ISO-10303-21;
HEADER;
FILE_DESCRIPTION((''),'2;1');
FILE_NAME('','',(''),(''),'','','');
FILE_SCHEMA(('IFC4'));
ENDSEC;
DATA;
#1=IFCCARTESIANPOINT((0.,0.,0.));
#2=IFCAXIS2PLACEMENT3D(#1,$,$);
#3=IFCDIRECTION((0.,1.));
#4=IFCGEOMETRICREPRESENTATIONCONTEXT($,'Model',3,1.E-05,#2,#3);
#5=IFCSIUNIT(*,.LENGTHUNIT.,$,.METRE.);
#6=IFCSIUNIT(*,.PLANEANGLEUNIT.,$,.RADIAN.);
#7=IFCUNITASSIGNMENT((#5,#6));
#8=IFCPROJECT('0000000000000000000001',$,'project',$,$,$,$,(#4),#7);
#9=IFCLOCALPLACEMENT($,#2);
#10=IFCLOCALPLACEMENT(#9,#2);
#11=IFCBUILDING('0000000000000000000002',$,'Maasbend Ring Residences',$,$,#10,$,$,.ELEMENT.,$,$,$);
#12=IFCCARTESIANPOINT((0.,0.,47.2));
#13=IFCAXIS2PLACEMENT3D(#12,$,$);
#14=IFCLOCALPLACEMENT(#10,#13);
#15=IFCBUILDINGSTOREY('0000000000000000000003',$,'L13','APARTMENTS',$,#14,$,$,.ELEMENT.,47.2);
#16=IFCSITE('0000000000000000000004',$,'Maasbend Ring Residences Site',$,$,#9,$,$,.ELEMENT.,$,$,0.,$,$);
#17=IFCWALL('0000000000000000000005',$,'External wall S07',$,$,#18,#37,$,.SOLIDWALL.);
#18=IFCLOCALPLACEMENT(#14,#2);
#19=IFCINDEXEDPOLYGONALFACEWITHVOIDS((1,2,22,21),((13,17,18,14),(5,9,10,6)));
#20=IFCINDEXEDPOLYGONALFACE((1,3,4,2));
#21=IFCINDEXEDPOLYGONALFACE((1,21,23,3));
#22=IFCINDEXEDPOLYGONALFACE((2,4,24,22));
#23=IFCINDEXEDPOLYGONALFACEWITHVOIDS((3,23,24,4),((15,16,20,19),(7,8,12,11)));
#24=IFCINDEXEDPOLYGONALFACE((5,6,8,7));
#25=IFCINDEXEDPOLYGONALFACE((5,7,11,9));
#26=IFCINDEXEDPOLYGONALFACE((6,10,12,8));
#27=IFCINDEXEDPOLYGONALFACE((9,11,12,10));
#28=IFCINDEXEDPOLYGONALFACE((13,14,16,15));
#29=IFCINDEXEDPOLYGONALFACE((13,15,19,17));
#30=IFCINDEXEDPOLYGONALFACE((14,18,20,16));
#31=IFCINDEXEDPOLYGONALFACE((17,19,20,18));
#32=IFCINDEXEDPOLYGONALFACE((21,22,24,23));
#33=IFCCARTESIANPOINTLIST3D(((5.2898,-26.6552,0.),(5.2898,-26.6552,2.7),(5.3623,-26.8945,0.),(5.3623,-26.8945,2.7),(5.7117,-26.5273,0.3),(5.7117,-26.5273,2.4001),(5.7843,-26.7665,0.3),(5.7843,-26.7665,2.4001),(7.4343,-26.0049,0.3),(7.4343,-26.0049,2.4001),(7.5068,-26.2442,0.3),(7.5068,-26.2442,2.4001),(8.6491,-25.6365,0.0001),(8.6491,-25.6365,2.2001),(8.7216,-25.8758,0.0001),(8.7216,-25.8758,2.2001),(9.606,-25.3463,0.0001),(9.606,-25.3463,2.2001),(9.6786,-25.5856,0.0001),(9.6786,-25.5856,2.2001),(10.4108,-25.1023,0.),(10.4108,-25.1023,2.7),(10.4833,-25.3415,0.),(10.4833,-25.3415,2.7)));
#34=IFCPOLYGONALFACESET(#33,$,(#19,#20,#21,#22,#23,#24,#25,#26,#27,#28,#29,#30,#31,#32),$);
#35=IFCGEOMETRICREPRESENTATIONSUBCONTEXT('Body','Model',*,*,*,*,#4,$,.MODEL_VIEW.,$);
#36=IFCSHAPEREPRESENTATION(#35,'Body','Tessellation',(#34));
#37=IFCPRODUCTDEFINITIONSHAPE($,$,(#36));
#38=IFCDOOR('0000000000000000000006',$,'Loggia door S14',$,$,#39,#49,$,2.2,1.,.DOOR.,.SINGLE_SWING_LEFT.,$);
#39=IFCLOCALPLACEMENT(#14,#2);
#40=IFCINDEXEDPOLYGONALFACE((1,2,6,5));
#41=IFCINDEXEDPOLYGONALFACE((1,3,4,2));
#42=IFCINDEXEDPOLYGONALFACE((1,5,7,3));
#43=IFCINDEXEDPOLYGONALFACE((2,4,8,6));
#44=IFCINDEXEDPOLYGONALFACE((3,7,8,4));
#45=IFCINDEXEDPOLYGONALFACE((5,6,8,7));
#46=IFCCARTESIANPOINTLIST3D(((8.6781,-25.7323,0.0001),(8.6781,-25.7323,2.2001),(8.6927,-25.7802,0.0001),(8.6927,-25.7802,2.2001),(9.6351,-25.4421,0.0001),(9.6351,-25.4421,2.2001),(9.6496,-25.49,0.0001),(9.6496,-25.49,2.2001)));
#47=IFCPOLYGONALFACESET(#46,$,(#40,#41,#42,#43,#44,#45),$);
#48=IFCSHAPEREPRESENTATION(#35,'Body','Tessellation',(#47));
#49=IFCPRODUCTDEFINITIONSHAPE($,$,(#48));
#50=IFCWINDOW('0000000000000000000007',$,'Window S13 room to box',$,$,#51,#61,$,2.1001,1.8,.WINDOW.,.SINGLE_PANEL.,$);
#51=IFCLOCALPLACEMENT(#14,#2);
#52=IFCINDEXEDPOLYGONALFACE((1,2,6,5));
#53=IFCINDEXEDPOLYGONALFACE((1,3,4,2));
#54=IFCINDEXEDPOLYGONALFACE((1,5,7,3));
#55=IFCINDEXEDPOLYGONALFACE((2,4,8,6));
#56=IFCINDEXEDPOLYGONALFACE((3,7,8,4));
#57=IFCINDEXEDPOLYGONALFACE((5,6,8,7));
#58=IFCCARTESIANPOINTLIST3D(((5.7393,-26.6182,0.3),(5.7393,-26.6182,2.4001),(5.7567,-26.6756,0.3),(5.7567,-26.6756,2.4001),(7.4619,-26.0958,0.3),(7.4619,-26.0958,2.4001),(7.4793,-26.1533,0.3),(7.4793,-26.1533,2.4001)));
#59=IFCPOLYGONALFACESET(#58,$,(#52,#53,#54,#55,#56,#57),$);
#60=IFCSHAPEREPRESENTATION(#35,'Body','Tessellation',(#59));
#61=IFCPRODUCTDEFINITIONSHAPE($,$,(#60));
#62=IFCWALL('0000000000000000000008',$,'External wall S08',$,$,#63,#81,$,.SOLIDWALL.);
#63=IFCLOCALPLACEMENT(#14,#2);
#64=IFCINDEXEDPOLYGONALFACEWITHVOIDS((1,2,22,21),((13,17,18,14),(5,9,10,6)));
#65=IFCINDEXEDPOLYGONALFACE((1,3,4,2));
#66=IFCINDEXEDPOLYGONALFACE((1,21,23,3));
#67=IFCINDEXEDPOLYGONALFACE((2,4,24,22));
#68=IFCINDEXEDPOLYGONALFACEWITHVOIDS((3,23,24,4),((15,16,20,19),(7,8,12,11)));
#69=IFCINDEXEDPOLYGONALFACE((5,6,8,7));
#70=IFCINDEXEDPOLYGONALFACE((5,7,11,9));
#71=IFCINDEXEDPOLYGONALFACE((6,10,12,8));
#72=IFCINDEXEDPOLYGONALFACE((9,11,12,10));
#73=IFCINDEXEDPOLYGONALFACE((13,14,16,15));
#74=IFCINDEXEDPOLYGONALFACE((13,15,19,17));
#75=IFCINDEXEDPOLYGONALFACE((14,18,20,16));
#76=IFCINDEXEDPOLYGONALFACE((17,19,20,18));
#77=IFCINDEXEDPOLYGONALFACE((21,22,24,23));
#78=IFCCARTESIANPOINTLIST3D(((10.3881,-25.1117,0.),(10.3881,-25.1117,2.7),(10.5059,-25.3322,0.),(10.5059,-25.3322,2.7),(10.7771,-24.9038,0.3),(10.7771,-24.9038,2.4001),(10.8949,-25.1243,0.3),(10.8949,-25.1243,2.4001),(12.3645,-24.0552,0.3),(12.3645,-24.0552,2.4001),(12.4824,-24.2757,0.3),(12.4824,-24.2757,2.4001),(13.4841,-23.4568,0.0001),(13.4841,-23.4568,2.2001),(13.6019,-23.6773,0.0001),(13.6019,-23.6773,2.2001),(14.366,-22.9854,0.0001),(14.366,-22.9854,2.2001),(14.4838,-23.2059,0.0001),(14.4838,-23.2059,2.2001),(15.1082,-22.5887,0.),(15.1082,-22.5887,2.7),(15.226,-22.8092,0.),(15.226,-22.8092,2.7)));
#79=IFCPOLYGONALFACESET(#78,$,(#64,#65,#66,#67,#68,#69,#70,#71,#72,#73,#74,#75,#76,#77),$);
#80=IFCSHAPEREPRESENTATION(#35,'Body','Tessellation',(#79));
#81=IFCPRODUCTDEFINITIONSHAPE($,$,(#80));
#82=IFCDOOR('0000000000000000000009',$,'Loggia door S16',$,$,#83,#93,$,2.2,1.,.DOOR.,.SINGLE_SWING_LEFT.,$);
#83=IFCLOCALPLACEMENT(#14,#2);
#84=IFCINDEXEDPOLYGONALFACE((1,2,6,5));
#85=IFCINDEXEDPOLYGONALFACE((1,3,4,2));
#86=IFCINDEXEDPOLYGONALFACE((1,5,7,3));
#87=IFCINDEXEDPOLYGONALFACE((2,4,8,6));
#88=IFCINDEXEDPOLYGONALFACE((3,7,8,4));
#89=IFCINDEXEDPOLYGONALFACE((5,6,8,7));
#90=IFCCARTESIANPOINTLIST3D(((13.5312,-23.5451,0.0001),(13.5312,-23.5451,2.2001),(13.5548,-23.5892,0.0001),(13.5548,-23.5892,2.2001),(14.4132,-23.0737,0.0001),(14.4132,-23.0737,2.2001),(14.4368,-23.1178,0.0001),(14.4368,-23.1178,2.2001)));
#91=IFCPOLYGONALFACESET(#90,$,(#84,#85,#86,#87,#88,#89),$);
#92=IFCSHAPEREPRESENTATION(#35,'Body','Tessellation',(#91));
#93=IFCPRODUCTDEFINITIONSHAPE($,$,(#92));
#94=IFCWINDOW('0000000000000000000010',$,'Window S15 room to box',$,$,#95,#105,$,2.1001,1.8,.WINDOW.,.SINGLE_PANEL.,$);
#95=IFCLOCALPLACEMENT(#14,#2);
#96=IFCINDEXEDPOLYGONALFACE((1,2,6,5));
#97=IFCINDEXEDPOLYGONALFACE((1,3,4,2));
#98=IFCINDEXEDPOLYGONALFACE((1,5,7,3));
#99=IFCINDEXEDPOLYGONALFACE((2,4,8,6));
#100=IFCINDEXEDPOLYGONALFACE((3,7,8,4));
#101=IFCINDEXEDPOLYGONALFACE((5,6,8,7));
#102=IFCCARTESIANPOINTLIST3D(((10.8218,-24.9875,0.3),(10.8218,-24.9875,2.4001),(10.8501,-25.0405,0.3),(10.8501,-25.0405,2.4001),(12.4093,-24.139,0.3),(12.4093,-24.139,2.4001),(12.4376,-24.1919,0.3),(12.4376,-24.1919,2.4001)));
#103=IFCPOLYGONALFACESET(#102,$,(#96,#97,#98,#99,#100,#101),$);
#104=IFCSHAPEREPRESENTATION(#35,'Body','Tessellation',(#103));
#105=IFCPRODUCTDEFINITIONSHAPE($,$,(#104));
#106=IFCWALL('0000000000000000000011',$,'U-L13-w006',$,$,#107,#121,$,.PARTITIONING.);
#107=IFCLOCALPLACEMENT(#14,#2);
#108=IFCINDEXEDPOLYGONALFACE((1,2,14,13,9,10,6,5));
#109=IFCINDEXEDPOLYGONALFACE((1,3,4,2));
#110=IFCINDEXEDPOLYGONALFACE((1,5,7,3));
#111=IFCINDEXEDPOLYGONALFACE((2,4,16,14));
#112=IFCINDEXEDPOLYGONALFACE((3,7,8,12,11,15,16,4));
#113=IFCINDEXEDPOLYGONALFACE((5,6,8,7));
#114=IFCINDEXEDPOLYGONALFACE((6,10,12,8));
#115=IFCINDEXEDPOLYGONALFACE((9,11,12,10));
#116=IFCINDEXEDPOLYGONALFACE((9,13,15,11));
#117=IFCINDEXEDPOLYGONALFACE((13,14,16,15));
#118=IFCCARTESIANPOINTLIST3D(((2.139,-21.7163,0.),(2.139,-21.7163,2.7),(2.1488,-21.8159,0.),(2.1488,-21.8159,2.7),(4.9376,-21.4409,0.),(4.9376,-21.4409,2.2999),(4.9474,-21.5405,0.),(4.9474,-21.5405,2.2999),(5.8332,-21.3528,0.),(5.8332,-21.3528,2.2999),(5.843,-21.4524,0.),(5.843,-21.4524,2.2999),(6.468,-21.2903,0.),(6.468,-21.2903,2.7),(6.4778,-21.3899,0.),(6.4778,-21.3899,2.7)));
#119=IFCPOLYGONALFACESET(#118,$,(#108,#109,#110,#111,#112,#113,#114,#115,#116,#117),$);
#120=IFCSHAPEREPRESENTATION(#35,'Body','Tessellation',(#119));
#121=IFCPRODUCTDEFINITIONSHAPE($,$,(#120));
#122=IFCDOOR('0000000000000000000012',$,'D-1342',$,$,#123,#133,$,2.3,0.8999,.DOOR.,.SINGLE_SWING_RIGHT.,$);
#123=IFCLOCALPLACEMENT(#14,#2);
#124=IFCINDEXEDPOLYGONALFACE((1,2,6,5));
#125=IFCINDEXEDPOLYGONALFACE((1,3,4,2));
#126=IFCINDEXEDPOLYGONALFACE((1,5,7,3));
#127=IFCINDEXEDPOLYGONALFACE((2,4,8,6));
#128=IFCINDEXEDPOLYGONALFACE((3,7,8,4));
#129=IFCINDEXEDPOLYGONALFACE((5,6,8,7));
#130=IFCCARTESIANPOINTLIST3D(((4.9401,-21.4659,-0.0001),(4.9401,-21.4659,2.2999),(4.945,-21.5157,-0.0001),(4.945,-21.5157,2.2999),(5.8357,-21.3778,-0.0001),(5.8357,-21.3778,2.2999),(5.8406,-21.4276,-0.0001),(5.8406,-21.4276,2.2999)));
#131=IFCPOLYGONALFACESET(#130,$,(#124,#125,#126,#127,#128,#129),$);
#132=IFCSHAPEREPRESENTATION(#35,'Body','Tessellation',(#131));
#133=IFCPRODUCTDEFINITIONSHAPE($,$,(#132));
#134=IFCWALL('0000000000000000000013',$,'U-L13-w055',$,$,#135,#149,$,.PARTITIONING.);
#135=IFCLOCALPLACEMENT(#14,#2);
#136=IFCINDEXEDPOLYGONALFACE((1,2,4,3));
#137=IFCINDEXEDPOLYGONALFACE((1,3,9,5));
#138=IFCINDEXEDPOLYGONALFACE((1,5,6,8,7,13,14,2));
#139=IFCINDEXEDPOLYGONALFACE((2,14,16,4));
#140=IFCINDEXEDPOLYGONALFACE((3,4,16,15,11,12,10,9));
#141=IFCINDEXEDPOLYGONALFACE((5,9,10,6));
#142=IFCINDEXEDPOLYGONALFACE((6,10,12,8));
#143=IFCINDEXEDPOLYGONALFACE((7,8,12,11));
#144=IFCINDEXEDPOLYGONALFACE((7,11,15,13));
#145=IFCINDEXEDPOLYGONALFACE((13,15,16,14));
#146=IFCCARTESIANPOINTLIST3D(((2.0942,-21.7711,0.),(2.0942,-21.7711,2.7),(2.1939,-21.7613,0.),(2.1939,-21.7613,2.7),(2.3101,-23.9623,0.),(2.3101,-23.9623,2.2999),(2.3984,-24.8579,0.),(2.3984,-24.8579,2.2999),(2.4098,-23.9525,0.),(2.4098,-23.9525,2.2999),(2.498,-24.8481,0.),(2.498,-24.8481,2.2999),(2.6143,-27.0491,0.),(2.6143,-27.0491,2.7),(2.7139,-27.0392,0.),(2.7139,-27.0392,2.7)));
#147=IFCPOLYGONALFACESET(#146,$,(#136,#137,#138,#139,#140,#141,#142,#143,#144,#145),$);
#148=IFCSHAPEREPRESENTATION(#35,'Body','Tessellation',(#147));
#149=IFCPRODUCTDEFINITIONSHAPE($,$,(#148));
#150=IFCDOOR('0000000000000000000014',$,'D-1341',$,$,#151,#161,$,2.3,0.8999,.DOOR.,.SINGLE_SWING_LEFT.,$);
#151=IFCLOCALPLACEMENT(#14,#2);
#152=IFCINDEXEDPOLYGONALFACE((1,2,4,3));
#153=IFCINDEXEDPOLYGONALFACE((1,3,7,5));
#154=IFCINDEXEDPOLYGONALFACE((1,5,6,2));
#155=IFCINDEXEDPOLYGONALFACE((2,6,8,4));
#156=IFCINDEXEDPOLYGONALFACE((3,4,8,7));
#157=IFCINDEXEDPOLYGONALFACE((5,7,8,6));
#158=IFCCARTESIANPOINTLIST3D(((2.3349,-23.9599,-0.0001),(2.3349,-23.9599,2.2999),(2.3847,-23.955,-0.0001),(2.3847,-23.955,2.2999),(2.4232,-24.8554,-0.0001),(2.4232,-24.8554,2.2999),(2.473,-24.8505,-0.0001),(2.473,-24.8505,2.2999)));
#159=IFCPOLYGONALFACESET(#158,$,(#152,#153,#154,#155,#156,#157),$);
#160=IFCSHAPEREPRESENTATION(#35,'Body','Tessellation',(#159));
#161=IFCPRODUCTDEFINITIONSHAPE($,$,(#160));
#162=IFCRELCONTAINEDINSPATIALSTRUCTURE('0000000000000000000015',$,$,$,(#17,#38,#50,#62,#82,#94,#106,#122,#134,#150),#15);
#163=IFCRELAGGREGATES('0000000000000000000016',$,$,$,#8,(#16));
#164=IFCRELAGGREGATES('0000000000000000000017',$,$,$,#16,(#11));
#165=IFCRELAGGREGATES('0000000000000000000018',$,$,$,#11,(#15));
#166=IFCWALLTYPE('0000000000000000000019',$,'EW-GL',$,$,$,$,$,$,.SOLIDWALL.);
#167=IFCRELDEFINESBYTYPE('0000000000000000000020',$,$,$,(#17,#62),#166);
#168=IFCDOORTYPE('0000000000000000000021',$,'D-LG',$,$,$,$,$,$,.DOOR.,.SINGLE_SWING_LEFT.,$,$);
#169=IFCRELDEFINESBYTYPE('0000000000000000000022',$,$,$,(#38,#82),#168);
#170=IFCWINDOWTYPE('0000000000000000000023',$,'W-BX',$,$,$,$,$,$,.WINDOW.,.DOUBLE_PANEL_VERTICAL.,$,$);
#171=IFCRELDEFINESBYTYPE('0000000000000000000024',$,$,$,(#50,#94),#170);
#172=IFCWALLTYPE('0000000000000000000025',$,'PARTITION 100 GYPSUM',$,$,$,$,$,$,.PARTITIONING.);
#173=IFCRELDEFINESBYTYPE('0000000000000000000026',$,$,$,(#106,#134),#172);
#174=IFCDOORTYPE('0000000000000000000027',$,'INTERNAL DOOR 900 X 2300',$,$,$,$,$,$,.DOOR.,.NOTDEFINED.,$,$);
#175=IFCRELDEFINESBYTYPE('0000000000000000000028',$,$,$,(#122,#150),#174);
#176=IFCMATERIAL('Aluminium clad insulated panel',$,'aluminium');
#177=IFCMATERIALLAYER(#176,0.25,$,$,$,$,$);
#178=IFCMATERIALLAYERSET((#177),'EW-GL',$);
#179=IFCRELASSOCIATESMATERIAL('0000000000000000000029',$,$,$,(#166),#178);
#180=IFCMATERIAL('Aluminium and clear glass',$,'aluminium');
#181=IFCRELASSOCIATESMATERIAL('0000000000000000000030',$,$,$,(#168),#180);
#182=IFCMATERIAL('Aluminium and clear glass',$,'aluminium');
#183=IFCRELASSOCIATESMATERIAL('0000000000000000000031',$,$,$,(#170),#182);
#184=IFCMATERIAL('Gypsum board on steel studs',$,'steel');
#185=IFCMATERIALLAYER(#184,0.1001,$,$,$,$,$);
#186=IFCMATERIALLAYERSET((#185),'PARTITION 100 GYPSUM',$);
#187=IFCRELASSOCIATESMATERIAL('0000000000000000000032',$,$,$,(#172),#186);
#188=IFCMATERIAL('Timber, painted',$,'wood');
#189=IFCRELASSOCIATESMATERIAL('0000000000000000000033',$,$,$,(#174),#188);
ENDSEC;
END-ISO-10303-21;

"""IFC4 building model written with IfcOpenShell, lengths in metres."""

from ifc_helpers import new_model, si_unit, direction, frame, frame_2d, origin, place, context, subcontext, project, spatial, rectangle, extrude, material, layer, layer_set, type_object, element, fill, save


model = new_model("IFC4")

# Units and contexts
model_context = context("Model", 3, precision=1e-05, world=origin(), true_north=direction((0.0, 1.0)))
body_context = subcontext(model_context, "Body", "Model", "MODEL_VIEW")
ifc_project = project(units=[si_unit("LENGTHUNIT", "METRE"), si_unit("PLANEANGLEUNIT", "RADIAN")], contexts=[model_context])

# Site, building, storey
site_placement = place(None, origin())
site = spatial("IfcSite", under=ifc_project, at=site_placement, Name="Maasbend Ring Residences Site", CompositionType="ELEMENT", RefElevation=0.0)
building_placement = place(site_placement, origin())
building = spatial("IfcBuilding", under=site, at=building_placement, Name="Maasbend Ring Residences", CompositionType="ELEMENT")
storey_placement = place(building_placement, frame((0.0, 0.0, 47.2)))
storey = spatial("IfcBuildingStorey", under=building, at=storey_placement, Name="L13", Description="APARTMENTS", CompositionType="ELEMENT", Elevation=47.2)

# Walls, openings, doors, windows
ifc_material_1 = material(Name="Aluminium clad insulated panel", Category="aluminium")
ifc_layer_1 = layer(ifc_material_1, 0.25)
ifc_layer_set_1 = layer_set([ifc_layer_1], Name="EW-GL")
wall_type_1 = type_object("IfcWallType", Name="EW-GL", PredefinedType="SOLIDWALL", material=ifc_layer_set_1)
wall_1_placement = place(storey_placement, frame((5.3259, -26.7749, 0.0), z_axis=(0.0, 0.0, 1.0), x_axis=(0.956966, 0.290201, 0.0)))
wall_1 = element("IfcWall", 1, at=wall_1_placement, inside=storey, type_object=wall_type_1, Name="External wall S07", PredefinedType="SOLIDWALL", context=body_context, shape_type="SweptSolid", body=[
    extrude(rectangle(XDim=5.3513, YDim=0.25, at=frame_2d((2.6758, 0.0))), origin(), (0.0, 0.0, 1.0), 2.7),
])
opening_1_placement = place(wall_1_placement, frame((0.4412, 0.0, 0.3)))
opening_1 = element("IfcOpeningElement", 2, at=opening_1_placement, cuts=wall_1, PredefinedType="OPENING", context=body_context, shape_type="SweptSolid", body=[
    extrude(rectangle(XDim=1.8, YDim=2.1001, at=frame_2d((0.8999, 1.05))), frame((0.0, 0.135, 0.0), z_axis=(0.0, -1.0, 0.0), x_axis=(1.0, 0.0, 0.0)), (0.0, 0.0, 1.0), 0.27),
])
opening_2_placement = place(wall_1_placement, frame((3.5105, 0.0, 0.0)))
opening_2 = element("IfcOpeningElement", 3, at=opening_2_placement, cuts=wall_1, PredefinedType="OPENING", context=body_context, shape_type="SweptSolid", body=[
    extrude(rectangle(XDim=1.0, YDim=2.2, at=frame_2d((0.5, 1.1001))), frame((0.0, 0.135, 0.0), z_axis=(0.0, -1.0, 0.0), x_axis=(1.0, 0.0, 0.0)), (0.0, 0.0, 1.0), 0.27),
])
ifc_material_2 = material(Name="Aluminium and clear glass", Category="aluminium")
door_type_1 = type_object("IfcDoorType", Name="D-LG", OperationType="SINGLE_SWING_LEFT", PredefinedType="DOOR", material=ifc_material_2)
door_1_placement = place(opening_2_placement, origin())
door_1 = element("IfcDoor", 4, at=door_1_placement, inside=storey, type_object=door_type_1, Name="Loggia door S14", OperationType="SINGLE_SWING_LEFT", OverallHeight=2.2, OverallWidth=1.0, PredefinedType="DOOR", context=body_context, shape_type="SweptSolid", body=[
    extrude(rectangle(XDim=1.0, YDim=2.2, at=frame_2d((0.5, 1.1001))), frame((0.0, 0.0249, 0.0), z_axis=(0.0, -1.0, 0.0), x_axis=(1.0, 0.0, 0.0)), (0.0, 0.0, 1.0), 0.05),
])
fill(opening_2, door_1)
ifc_material_3 = material(Name="Aluminium and clear glass", Category="aluminium")
window_type_1 = type_object("IfcWindowType", Name="W-BX", PartitioningType="DOUBLE_PANEL_VERTICAL", PredefinedType="WINDOW", material=ifc_material_3)
window_1_placement = place(opening_1_placement, origin())
window_1 = element("IfcWindow", 5, at=window_1_placement, inside=storey, type_object=window_type_1, Name="Window S13 room to box", OverallHeight=2.1001, OverallWidth=1.8, PartitioningType="SINGLE_PANEL", PredefinedType="WINDOW", context=body_context, shape_type="SweptSolid", body=[
    extrude(rectangle(XDim=1.8, YDim=2.1001, at=frame_2d((0.8999, 1.05))), frame((0.0, 0.03, 0.0), z_axis=(0.0, -1.0, 0.0), x_axis=(1.0, 0.0, 0.0)), (0.0, 0.0, 1.0), 0.0601),
])
fill(opening_1, window_1)
wall_2_placement = place(storey_placement, frame((10.447, -25.2219, 0.0), z_axis=(0.0, 0.0, 1.0), x_axis=(0.881916, 0.471407, 0.0)))
wall_2 = element("IfcWall", 6, at=wall_2_placement, inside=storey, type_object=wall_type_1, Name="External wall S08", PredefinedType="SOLIDWALL", context=body_context, shape_type="SweptSolid", body=[
    extrude(rectangle(XDim=5.3521, YDim=0.25, at=frame_2d((2.676, 0.0))), origin(), (0.0, 0.0, 1.0), 2.7),
])
opening_3_placement = place(wall_2_placement, frame((0.4412, 0.0, 0.3)))
opening_3 = element("IfcOpeningElement", 7, at=opening_3_placement, cuts=wall_2, PredefinedType="OPENING", context=body_context, shape_type="SweptSolid", body=[
    extrude(rectangle(XDim=1.8, YDim=2.1001, at=frame_2d((0.8999, 1.05))), frame((0.0, 0.135, 0.0), z_axis=(0.0, -1.0, 0.0), x_axis=(1.0, 0.0, 0.0)), (0.0, 0.0, 1.0), 0.27),
])
opening_4_placement = place(wall_2_placement, frame((3.5105, 0.0, 0.0)))
opening_4 = element("IfcOpeningElement", 8, at=opening_4_placement, cuts=wall_2, PredefinedType="OPENING", context=body_context, shape_type="SweptSolid", body=[
    extrude(rectangle(XDim=1.0, YDim=2.2, at=frame_2d((0.5, 1.1001))), frame((0.0, 0.135, 0.0), z_axis=(0.0, -1.0, 0.0), x_axis=(1.0, 0.0, 0.0)), (0.0, 0.0, 1.0), 0.27),
])
door_2_placement = place(opening_4_placement, origin())
door_2 = element("IfcDoor", 9, at=door_2_placement, inside=storey, type_object=door_type_1, Name="Loggia door S16", OperationType="SINGLE_SWING_LEFT", OverallHeight=2.2, OverallWidth=1.0, PredefinedType="DOOR", context=body_context, shape_type="SweptSolid", body=[
    extrude(rectangle(XDim=1.0, YDim=2.2, at=frame_2d((0.5, 1.1001))), frame((0.0, 0.0249, 0.0), z_axis=(0.0, -1.0, 0.0), x_axis=(1.0, 0.0, 0.0)), (0.0, 0.0, 1.0), 0.05),
])
fill(opening_4, door_2)
window_2_placement = place(opening_3_placement, origin())
window_2 = element("IfcWindow", 10, at=window_2_placement, inside=storey, type_object=window_type_1, Name="Window S15 room to box", OverallHeight=2.1001, OverallWidth=1.8, PartitioningType="SINGLE_PANEL", PredefinedType="WINDOW", context=body_context, shape_type="SweptSolid", body=[
    extrude(rectangle(XDim=1.8, YDim=2.1001, at=frame_2d((0.8999, 1.05))), frame((0.0, 0.03, 0.0), z_axis=(0.0, -1.0, 0.0), x_axis=(1.0, 0.0, 0.0)), (0.0, 0.0, 1.0), 0.0601),
])
fill(opening_3, window_2)

# Walls, openings, doors
ifc_material_4 = material(Name="Gypsum board on steel studs", Category="steel")
ifc_layer_2 = layer(ifc_material_4, 0.1001)
ifc_layer_set_2 = layer_set([ifc_layer_2], Name="PARTITION 100 GYPSUM")
wall_type_2 = type_object("IfcWallType", Name="PARTITION 100 GYPSUM", PredefinedType="PARTITIONING", material=ifc_layer_set_2)
wall_3_placement = place(storey_placement, frame((2.144, -21.7661, 0.0), z_axis=(0.0, 0.0, 1.0), x_axis=(0.995192, 0.097942, 0.0)))
wall_3 = element("IfcWall", 11, at=wall_3_placement, inside=storey, type_object=wall_type_2, Name="U-L13-w006", PredefinedType="PARTITIONING", context=body_context, shape_type="SweptSolid", body=[
    extrude(rectangle(XDim=4.3499, YDim=0.1001, at=frame_2d((2.1748, 0.0))), origin(), (0.0, 0.0, 1.0), 2.7),
])
opening_5_placement = place(wall_3_placement, frame((2.812, 0.0, 0.0)))
opening_5 = element("IfcOpeningElement", 12, at=opening_5_placement, cuts=wall_3, PredefinedType="OPENING", context=body_context, shape_type="SweptSolid", body=[
    extrude(rectangle(XDim=0.8999, YDim=2.3, at=frame_2d((0.45, 1.1499))), frame((0.0, 0.0601, 0.0), z_axis=(0.0, -1.0, 0.0), x_axis=(1.0, 0.0, 0.0)), (0.0, 0.0, 1.0), 0.1201),
])
ifc_material_5 = material(Name="Timber, painted", Category="wood")
door_type_2 = type_object("IfcDoorType", Name="INTERNAL DOOR 900 X 2300", OperationType="NOTDEFINED", PredefinedType="DOOR", material=ifc_material_5)
door_3_placement = place(opening_5_placement, origin())
door_3 = element("IfcDoor", 13, at=door_3_placement, inside=storey, type_object=door_type_2, Name="D-1342", OperationType="SINGLE_SWING_RIGHT", OverallHeight=2.3, OverallWidth=0.8999, PredefinedType="DOOR", context=body_context, shape_type="SweptSolid", body=[
    extrude(rectangle(XDim=0.8999, YDim=2.3, at=frame_2d((0.45, 1.1499))), frame((0.0, 0.0249, 0.0), z_axis=(0.0, -1.0, 0.0), x_axis=(1.0, 0.0, 0.0)), (0.0, 0.0, 1.0), 0.05),
])
fill(opening_5, door_3)
wall_4_placement = place(storey_placement, frame((2.144, -21.7661, 0.0), z_axis=(0.0, 0.0, 1.0), x_axis=(0.098054, -0.995181, 0.0)))
wall_4 = element("IfcWall", 14, at=wall_4_placement, inside=storey, type_object=wall_type_2, Name="U-L13-w055", PredefinedType="PARTITIONING", context=body_context, shape_type="SweptSolid", body=[
    extrude(rectangle(XDim=5.3035, YDim=0.1001, at=frame_2d((2.6519, 0.0))), origin(), (0.0, 0.0, 1.0), 2.7),
])
opening_6_placement = place(wall_4_placement, frame((2.2019, 0.0, 0.0)))
opening_6 = element("IfcOpeningElement", 15, at=opening_6_placement, cuts=wall_4, PredefinedType="OPENING", context=body_context, shape_type="SweptSolid", body=[
    extrude(rectangle(XDim=0.8999, YDim=2.3, at=frame_2d((0.45, 1.1499))), frame((0.0, 0.0601, 0.0), z_axis=(0.0, -1.0, 0.0), x_axis=(1.0, 0.0, 0.0)), (0.0, 0.0, 1.0), 0.1201),
])
door_4_placement = place(opening_6_placement, origin())
door_4 = element("IfcDoor", 16, at=door_4_placement, inside=storey, type_object=door_type_2, Name="D-1341", OperationType="SINGLE_SWING_LEFT", OverallHeight=2.3, OverallWidth=0.8999, PredefinedType="DOOR", context=body_context, shape_type="SweptSolid", body=[
    extrude(rectangle(XDim=0.8999, YDim=2.3, at=frame_2d((0.45, 1.1499))), frame((0.0, 0.0249, 0.0), z_axis=(0.0, -1.0, 0.0), x_axis=(1.0, 0.0, 0.0)), (0.0, 0.0, 1.0), 0.05),
])
fill(opening_6, door_4)

save(model, "model.ifc")
